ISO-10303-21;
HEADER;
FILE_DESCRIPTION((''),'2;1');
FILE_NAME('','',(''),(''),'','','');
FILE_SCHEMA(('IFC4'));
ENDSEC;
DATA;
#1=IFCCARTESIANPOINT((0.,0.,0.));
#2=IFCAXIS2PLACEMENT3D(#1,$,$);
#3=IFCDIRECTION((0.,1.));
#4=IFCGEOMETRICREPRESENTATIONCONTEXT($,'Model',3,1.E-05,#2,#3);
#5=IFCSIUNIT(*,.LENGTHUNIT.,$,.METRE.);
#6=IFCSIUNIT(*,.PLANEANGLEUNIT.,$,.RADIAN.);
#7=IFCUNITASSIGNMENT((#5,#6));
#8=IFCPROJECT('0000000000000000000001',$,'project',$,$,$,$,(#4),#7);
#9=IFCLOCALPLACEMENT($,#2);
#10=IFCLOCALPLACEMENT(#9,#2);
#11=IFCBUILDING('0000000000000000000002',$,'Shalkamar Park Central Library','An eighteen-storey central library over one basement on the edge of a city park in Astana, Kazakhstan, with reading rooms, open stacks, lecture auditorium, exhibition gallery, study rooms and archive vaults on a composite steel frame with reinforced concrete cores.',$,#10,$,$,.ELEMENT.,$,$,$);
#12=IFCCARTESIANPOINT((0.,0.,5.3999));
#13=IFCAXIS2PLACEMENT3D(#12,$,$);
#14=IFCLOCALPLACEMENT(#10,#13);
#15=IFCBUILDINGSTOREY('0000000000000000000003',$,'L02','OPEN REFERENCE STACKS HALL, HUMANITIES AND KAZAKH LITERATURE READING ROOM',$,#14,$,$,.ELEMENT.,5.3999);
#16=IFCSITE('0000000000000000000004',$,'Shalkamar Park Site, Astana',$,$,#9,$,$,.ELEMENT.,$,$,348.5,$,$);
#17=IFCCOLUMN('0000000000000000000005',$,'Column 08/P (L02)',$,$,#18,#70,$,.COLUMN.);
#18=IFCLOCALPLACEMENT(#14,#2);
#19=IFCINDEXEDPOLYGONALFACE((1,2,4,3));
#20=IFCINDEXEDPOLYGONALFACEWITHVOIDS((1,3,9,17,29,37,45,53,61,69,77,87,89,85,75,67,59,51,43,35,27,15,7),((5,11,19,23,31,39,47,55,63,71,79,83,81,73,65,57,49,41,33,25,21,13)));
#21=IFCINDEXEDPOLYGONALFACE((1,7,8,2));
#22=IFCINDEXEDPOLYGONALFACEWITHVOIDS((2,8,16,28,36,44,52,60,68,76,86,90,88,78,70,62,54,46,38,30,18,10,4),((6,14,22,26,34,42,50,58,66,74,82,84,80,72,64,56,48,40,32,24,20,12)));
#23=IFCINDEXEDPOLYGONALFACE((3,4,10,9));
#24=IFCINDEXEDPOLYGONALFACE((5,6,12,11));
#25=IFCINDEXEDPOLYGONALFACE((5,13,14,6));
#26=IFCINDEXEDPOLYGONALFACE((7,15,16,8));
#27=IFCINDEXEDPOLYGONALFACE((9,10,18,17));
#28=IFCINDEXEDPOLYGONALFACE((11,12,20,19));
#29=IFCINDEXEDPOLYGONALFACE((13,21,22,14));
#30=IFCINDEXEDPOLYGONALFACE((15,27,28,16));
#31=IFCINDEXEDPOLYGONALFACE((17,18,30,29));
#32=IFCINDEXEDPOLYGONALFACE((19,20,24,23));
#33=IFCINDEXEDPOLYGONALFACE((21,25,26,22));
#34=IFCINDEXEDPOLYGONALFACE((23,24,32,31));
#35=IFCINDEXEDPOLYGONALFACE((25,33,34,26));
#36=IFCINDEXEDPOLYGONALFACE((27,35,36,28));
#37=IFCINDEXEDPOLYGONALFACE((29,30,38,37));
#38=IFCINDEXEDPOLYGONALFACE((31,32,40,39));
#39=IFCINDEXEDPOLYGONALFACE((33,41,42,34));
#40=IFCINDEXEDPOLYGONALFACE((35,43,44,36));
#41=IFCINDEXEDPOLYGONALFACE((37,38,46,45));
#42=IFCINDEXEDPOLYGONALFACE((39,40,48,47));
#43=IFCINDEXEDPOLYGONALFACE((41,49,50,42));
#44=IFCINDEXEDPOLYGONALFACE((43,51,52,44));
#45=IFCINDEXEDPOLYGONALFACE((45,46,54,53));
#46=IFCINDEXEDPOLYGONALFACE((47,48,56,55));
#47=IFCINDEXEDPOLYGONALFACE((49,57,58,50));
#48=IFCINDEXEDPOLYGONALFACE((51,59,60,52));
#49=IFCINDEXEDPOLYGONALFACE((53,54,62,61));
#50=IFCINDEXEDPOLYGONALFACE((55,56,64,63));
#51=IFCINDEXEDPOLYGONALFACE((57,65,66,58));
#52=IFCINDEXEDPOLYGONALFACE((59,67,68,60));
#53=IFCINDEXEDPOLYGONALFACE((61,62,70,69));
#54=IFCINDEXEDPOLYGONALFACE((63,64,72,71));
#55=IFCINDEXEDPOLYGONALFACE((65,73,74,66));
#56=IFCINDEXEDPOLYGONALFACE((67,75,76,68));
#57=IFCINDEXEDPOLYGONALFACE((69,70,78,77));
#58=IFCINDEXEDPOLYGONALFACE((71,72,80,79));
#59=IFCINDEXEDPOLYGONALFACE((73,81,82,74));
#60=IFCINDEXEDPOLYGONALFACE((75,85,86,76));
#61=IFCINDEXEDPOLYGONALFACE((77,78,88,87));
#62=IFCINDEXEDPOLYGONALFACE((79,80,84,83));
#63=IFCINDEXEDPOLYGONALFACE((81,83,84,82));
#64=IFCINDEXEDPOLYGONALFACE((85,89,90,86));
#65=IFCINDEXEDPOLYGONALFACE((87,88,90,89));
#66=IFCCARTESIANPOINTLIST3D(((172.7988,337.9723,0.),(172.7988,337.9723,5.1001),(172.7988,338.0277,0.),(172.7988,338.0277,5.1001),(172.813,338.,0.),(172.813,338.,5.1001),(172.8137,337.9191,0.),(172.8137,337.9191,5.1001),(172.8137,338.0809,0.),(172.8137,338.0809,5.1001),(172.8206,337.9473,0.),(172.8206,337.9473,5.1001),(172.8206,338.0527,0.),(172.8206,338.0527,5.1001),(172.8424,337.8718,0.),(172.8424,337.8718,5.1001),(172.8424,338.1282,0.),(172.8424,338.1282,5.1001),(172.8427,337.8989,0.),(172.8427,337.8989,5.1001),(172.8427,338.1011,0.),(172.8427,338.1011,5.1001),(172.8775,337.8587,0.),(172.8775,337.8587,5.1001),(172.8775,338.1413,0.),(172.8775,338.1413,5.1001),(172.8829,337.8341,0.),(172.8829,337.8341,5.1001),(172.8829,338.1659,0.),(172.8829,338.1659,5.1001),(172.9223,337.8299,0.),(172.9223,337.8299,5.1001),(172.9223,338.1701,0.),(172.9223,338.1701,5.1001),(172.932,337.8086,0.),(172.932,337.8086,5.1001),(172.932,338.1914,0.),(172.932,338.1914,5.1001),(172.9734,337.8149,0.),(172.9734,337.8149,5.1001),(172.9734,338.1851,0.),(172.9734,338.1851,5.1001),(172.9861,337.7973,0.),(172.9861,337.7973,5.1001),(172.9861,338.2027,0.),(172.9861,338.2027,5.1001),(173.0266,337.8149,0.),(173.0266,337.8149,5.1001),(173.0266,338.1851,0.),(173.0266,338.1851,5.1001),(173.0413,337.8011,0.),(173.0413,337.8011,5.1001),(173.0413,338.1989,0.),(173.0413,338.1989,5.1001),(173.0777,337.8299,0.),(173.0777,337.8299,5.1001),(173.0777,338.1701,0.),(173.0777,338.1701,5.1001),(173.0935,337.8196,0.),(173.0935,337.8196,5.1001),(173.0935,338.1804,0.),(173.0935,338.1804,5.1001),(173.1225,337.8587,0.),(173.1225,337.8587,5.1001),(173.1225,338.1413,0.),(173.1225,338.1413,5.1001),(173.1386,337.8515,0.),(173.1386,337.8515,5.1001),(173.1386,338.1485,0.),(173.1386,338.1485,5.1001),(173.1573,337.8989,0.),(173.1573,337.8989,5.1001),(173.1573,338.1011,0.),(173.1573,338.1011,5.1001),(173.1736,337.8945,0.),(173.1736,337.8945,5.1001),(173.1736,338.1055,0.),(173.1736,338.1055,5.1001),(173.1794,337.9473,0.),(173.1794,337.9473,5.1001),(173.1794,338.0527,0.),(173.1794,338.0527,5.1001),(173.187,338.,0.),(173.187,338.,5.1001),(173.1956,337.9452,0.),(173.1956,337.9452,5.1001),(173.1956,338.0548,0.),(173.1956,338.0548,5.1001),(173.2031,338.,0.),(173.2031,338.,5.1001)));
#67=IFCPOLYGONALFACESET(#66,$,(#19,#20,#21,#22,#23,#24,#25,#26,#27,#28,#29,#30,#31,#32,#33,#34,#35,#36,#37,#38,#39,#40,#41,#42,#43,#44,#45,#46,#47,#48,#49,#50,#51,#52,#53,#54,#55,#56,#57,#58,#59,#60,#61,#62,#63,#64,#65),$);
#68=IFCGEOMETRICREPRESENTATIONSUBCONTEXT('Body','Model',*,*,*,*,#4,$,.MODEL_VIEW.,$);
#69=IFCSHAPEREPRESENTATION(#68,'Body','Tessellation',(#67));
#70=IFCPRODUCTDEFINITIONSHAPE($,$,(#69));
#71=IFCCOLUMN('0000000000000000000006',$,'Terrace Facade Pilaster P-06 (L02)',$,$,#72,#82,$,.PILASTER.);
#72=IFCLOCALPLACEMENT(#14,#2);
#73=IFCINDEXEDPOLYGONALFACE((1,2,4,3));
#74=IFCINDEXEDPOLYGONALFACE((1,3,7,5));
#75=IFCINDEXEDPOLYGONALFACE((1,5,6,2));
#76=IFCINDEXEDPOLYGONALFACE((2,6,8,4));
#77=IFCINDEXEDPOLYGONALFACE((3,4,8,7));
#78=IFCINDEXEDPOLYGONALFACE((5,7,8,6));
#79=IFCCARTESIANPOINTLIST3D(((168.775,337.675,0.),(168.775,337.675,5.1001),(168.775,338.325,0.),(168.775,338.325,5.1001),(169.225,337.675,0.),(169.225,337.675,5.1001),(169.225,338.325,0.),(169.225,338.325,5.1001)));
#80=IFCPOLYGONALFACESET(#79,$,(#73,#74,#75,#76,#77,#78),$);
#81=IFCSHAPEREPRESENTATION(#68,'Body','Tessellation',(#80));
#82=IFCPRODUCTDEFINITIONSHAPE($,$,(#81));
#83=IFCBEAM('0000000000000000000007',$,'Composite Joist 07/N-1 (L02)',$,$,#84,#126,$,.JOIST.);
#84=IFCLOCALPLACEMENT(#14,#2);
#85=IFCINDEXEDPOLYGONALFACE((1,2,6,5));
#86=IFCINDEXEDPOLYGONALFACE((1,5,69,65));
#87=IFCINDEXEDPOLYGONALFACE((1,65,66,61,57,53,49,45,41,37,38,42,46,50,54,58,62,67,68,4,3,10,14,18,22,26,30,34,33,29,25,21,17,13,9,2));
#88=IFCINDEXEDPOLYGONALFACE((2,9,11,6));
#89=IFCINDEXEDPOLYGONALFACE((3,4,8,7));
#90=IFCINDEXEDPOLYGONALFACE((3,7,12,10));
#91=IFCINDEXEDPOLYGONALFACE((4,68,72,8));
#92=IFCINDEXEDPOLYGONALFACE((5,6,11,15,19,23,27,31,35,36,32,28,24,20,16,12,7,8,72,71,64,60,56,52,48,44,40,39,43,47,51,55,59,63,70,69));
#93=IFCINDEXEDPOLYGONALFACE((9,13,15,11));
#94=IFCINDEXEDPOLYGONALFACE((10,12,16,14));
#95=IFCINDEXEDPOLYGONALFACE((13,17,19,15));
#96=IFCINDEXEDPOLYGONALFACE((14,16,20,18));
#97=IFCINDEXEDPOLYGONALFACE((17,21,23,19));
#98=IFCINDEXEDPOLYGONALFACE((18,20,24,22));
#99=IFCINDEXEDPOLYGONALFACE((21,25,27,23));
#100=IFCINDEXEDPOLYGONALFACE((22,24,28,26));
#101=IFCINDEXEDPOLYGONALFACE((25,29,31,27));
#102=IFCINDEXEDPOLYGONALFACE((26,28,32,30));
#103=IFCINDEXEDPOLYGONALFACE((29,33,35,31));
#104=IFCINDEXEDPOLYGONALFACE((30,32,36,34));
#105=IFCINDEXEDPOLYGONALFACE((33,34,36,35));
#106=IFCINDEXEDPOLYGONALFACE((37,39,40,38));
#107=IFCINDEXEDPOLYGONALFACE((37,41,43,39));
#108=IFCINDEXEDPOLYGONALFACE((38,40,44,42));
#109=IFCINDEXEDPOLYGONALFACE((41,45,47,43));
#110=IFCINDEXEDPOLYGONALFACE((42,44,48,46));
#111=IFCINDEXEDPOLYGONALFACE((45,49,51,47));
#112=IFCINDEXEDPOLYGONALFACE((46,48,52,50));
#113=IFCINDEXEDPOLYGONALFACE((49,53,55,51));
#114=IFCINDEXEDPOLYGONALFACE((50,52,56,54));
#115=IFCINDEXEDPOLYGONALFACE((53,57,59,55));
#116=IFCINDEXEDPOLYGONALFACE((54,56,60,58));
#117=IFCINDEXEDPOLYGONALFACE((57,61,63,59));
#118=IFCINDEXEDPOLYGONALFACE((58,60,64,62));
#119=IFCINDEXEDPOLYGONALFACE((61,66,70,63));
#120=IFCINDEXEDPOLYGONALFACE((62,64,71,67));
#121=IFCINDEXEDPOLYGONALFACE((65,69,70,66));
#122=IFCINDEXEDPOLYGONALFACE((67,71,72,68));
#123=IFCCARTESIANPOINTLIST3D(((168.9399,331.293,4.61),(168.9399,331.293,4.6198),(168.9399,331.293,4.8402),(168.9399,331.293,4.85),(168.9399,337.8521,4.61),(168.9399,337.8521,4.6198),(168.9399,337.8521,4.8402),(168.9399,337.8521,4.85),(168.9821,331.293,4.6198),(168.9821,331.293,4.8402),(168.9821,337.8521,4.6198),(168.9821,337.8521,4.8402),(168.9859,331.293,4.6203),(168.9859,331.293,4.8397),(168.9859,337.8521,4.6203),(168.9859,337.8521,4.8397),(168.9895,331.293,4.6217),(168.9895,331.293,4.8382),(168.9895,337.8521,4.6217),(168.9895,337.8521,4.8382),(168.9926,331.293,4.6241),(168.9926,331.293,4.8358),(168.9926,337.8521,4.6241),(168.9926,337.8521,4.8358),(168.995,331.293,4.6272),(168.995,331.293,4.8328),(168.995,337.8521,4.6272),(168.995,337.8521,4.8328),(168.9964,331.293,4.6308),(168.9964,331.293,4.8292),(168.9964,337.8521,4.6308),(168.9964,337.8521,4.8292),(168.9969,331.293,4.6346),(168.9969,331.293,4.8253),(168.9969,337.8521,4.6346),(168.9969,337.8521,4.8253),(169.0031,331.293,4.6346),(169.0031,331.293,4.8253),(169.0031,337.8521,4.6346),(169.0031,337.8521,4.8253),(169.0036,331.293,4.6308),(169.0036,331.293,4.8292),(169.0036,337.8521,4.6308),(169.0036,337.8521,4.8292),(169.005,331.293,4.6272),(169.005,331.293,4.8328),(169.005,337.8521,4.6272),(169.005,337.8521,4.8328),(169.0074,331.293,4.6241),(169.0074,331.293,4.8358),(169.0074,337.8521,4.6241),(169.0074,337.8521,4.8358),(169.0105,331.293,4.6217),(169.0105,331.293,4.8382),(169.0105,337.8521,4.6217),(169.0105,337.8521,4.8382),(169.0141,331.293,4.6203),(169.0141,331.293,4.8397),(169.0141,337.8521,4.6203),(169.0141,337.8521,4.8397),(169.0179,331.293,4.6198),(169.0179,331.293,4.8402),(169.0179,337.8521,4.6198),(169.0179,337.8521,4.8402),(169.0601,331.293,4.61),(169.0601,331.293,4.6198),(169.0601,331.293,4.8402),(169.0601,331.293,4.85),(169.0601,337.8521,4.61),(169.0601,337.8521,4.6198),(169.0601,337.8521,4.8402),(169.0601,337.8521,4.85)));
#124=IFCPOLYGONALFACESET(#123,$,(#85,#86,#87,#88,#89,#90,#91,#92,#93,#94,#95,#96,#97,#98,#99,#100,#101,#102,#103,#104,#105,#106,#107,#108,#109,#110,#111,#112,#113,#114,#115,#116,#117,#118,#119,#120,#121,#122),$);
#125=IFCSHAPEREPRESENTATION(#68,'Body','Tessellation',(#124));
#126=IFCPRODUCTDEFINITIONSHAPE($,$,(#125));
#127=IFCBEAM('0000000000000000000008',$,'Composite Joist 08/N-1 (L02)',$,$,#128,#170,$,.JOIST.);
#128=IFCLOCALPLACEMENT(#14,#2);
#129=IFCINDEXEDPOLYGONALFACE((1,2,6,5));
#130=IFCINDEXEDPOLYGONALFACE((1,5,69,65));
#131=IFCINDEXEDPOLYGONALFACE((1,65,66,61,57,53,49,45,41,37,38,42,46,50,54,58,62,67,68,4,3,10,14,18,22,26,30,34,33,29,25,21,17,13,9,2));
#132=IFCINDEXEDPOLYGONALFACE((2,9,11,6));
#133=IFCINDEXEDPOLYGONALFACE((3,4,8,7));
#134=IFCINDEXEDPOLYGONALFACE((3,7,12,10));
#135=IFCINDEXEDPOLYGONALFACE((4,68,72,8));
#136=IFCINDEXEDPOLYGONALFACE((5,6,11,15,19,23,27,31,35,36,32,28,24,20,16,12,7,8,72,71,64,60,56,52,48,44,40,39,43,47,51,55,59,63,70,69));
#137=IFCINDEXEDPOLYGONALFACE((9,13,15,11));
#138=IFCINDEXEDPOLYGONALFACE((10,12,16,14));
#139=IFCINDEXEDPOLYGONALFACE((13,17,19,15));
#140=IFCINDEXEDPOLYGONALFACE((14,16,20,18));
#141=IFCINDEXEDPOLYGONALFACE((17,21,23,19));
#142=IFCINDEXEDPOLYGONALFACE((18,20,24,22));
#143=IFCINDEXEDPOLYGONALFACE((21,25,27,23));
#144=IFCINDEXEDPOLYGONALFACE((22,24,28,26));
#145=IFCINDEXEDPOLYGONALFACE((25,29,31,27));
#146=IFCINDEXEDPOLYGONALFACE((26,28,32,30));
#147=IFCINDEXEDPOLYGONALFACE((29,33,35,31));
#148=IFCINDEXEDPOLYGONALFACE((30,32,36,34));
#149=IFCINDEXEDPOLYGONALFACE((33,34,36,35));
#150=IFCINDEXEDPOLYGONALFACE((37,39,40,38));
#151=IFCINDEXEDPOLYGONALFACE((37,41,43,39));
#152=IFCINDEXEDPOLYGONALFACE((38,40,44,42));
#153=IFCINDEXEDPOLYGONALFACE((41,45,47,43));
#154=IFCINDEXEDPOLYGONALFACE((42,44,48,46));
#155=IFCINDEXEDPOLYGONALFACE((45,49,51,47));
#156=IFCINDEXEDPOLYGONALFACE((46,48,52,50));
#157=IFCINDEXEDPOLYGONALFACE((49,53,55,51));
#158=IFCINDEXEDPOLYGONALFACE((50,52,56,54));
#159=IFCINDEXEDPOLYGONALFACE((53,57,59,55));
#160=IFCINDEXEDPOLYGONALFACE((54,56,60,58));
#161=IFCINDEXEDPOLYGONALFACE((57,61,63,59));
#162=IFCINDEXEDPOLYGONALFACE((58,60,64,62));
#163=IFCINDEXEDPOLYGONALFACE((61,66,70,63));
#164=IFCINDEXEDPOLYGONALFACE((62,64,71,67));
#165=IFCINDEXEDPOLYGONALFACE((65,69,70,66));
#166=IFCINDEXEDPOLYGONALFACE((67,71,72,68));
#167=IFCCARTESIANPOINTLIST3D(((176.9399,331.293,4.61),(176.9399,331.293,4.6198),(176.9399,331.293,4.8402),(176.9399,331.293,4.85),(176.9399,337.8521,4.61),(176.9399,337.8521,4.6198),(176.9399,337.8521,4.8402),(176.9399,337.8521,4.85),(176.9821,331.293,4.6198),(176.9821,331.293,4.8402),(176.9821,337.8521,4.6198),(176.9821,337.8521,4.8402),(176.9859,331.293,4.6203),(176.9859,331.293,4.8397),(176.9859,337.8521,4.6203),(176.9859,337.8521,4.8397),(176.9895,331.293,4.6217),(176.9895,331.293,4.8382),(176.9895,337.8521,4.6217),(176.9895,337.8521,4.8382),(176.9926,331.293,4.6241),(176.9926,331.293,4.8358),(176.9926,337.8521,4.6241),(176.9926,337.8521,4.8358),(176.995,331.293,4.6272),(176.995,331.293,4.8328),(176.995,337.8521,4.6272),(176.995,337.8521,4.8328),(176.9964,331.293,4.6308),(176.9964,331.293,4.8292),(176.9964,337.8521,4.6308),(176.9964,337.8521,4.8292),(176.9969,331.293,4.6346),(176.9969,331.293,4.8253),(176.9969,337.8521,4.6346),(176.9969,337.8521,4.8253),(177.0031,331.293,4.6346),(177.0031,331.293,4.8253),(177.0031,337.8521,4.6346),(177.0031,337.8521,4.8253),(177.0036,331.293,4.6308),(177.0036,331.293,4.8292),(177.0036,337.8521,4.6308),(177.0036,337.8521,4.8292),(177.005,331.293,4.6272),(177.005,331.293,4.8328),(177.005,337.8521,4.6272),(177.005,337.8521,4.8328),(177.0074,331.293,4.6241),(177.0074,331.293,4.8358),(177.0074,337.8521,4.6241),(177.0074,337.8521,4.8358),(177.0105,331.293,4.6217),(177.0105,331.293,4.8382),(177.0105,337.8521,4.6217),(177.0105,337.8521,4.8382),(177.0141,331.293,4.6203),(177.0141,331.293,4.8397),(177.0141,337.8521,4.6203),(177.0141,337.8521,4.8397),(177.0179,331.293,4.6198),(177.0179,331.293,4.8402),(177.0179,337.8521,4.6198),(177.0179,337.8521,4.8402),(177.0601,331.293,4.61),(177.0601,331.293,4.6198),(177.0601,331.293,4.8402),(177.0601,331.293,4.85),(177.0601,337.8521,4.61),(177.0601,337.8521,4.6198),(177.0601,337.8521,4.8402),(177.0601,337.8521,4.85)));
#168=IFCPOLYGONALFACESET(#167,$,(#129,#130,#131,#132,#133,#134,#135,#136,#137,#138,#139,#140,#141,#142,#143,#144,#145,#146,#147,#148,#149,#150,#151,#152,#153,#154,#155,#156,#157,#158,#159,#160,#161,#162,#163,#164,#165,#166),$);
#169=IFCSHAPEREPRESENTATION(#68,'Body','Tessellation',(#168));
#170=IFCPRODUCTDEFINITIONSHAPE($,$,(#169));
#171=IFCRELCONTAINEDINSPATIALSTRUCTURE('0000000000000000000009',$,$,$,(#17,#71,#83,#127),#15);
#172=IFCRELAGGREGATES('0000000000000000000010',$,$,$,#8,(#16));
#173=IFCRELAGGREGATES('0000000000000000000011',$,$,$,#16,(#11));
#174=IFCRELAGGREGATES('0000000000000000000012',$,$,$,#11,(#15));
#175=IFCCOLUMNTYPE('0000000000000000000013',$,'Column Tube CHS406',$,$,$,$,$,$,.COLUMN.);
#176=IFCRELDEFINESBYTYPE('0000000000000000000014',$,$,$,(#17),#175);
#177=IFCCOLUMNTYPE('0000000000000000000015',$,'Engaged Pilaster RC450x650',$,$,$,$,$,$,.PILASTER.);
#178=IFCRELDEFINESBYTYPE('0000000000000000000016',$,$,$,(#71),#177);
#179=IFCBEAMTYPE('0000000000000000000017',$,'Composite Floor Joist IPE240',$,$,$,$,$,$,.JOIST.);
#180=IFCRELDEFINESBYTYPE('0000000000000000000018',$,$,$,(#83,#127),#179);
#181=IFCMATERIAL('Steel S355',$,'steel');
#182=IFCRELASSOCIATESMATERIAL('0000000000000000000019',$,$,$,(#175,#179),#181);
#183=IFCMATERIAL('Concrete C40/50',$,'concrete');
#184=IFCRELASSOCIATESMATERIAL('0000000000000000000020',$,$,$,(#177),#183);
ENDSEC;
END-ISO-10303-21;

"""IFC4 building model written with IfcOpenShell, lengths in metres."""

from ifc_helpers import new_model, si_unit, direction, frame, origin, origin_2d, place, context, subcontext, project, spatial, rectangle, hollow_circle, i_section, extrude, material, material_profile, profile_set, type_object, element, save


model = new_model("IFC4")

# Units and contexts
model_context = context("Model", 3, precision=1e-05, world=origin(), true_north=direction((0.0, 1.0)))
body_context = subcontext(model_context, "Body", "Model", "MODEL_VIEW")
ifc_project = project(units=[si_unit("LENGTHUNIT", "METRE"), si_unit("PLANEANGLEUNIT", "RADIAN")], contexts=[model_context])

# Site, building, storey
site_placement = place(None, origin())
site = spatial("IfcSite", under=ifc_project, at=site_placement, Name="Shalkamar Park Site, Astana", CompositionType="ELEMENT", RefElevation=348.5)
building_placement = place(site_placement, origin())
building = spatial("IfcBuilding", under=site, at=building_placement, Name="Shalkamar Park Central Library", Description="An eighteen-storey central library over one basement on the edge of a city park in Astana, Kazakhstan, with reading rooms, open stacks, lecture auditorium, exhibition gallery, study rooms and archive vaults on a composite steel frame with reinforced concrete cores.", CompositionType="ELEMENT")
storey_placement = place(building_placement, frame((0.0, 0.0, 5.3999)))
storey = spatial("IfcBuildingStorey", under=building, at=storey_placement, Name="L02", Description="OPEN REFERENCE STACKS HALL, HUMANITIES AND KAZAKH LITERATURE READING ROOM", CompositionType="ELEMENT", Elevation=5.3999)

# Columns
ifc_material_1 = material(Name="Steel S355", Category="steel")
ifc_material_profile_1 = material_profile(ifc_material_1, hollow_circle(Radius=0.2031, WallThickness=0.0161, at=origin_2d()), Name="CHS 406.4x16")
ifc_profile_set_1 = profile_set([ifc_material_profile_1], Name="Steel S355")
column_type_1 = type_object("IfcColumnType", Name="Column Tube CHS406", PredefinedType="COLUMN", material=ifc_profile_set_1)
column_1_placement = place(storey_placement, frame((173.0, 338.0, 0.0), z_axis=(0.0, 0.0, 1.0), x_axis=(1.0, 0.0, 0.0)))
element("IfcColumn", 1, at=column_1_placement, inside=storey, type_object=column_type_1, Name="Column 08/P (L02)", PredefinedType="COLUMN", context=body_context, shape_type="SweptSolid", body=[
    extrude(hollow_circle(Radius=0.2031, WallThickness=0.0161, at=origin_2d()), origin(), (0.0, 0.0, 1.0), 5.1001),
])
ifc_material_2 = material(Name="Concrete C40/50", Category="concrete")
ifc_material_profile_2 = material_profile(ifc_material_2, rectangle(XDim=0.45, YDim=0.6499, at=origin_2d()), Name="RC 450x650")
ifc_profile_set_2 = profile_set([ifc_material_profile_2], Name="Concrete C40/50")
column_type_2 = type_object("IfcColumnType", Name="Engaged Pilaster RC450x650", PredefinedType="PILASTER", material=ifc_profile_set_2)
column_2_placement = place(storey_placement, frame((169.0, 338.0, 0.0), z_axis=(0.0, 0.0, 1.0), x_axis=(1.0, 0.0, 0.0)))
element("IfcColumn", 2, at=column_2_placement, inside=storey, type_object=column_type_2, Name="Terrace Facade Pilaster P-06 (L02)", PredefinedType="PILASTER", context=body_context, shape_type="SweptSolid", body=[
    extrude(rectangle(XDim=0.45, YDim=0.6499, at=origin_2d()), origin(), (0.0, 0.0, 1.0), 5.1001),
])

# Beams
ifc_material_profile_3 = material_profile(ifc_material_1, i_section(OverallWidth=0.1201, OverallDepth=0.24, WebThickness=0.0061, FlangeThickness=0.0098, FilletRadius=0.0149, at=origin_2d()), Name="IPE 240")
ifc_profile_set_3 = profile_set([ifc_material_profile_3], Name="Steel S355")
beam_type_1 = type_object("IfcBeamType", Name="Composite Floor Joist IPE240", PredefinedType="JOIST", material=ifc_profile_set_3)
for number, where, z_axis, x_axis, name in (
    (3, (169.0, 331.293, 4.73), (0.0, 1.0, 0.0), (-1.0, 0.0, 0.0), "Composite Joist 07/N-1 (L02)"),
    (4, (177.0, 331.293, 4.73), (0.0, 1.0, 0.0), (-1.0, 0.0, 0.0), "Composite Joist 08/N-1 (L02)"),
):
    element("IfcBeam", number, at=place(storey_placement, frame(where, z_axis=z_axis, x_axis=x_axis)), inside=storey, type_object=beam_type_1, Name=name, PredefinedType="JOIST", context=body_context, shape_type="SweptSolid", body=[
        extrude(i_section(OverallWidth=0.1201, OverallDepth=0.24, WebThickness=0.0061, FlangeThickness=0.0098, FilletRadius=0.0149, at=origin_2d()), origin(), (0.0, 0.0, 1.0), 6.5591),
    ])

save(model, "model.ifc")
